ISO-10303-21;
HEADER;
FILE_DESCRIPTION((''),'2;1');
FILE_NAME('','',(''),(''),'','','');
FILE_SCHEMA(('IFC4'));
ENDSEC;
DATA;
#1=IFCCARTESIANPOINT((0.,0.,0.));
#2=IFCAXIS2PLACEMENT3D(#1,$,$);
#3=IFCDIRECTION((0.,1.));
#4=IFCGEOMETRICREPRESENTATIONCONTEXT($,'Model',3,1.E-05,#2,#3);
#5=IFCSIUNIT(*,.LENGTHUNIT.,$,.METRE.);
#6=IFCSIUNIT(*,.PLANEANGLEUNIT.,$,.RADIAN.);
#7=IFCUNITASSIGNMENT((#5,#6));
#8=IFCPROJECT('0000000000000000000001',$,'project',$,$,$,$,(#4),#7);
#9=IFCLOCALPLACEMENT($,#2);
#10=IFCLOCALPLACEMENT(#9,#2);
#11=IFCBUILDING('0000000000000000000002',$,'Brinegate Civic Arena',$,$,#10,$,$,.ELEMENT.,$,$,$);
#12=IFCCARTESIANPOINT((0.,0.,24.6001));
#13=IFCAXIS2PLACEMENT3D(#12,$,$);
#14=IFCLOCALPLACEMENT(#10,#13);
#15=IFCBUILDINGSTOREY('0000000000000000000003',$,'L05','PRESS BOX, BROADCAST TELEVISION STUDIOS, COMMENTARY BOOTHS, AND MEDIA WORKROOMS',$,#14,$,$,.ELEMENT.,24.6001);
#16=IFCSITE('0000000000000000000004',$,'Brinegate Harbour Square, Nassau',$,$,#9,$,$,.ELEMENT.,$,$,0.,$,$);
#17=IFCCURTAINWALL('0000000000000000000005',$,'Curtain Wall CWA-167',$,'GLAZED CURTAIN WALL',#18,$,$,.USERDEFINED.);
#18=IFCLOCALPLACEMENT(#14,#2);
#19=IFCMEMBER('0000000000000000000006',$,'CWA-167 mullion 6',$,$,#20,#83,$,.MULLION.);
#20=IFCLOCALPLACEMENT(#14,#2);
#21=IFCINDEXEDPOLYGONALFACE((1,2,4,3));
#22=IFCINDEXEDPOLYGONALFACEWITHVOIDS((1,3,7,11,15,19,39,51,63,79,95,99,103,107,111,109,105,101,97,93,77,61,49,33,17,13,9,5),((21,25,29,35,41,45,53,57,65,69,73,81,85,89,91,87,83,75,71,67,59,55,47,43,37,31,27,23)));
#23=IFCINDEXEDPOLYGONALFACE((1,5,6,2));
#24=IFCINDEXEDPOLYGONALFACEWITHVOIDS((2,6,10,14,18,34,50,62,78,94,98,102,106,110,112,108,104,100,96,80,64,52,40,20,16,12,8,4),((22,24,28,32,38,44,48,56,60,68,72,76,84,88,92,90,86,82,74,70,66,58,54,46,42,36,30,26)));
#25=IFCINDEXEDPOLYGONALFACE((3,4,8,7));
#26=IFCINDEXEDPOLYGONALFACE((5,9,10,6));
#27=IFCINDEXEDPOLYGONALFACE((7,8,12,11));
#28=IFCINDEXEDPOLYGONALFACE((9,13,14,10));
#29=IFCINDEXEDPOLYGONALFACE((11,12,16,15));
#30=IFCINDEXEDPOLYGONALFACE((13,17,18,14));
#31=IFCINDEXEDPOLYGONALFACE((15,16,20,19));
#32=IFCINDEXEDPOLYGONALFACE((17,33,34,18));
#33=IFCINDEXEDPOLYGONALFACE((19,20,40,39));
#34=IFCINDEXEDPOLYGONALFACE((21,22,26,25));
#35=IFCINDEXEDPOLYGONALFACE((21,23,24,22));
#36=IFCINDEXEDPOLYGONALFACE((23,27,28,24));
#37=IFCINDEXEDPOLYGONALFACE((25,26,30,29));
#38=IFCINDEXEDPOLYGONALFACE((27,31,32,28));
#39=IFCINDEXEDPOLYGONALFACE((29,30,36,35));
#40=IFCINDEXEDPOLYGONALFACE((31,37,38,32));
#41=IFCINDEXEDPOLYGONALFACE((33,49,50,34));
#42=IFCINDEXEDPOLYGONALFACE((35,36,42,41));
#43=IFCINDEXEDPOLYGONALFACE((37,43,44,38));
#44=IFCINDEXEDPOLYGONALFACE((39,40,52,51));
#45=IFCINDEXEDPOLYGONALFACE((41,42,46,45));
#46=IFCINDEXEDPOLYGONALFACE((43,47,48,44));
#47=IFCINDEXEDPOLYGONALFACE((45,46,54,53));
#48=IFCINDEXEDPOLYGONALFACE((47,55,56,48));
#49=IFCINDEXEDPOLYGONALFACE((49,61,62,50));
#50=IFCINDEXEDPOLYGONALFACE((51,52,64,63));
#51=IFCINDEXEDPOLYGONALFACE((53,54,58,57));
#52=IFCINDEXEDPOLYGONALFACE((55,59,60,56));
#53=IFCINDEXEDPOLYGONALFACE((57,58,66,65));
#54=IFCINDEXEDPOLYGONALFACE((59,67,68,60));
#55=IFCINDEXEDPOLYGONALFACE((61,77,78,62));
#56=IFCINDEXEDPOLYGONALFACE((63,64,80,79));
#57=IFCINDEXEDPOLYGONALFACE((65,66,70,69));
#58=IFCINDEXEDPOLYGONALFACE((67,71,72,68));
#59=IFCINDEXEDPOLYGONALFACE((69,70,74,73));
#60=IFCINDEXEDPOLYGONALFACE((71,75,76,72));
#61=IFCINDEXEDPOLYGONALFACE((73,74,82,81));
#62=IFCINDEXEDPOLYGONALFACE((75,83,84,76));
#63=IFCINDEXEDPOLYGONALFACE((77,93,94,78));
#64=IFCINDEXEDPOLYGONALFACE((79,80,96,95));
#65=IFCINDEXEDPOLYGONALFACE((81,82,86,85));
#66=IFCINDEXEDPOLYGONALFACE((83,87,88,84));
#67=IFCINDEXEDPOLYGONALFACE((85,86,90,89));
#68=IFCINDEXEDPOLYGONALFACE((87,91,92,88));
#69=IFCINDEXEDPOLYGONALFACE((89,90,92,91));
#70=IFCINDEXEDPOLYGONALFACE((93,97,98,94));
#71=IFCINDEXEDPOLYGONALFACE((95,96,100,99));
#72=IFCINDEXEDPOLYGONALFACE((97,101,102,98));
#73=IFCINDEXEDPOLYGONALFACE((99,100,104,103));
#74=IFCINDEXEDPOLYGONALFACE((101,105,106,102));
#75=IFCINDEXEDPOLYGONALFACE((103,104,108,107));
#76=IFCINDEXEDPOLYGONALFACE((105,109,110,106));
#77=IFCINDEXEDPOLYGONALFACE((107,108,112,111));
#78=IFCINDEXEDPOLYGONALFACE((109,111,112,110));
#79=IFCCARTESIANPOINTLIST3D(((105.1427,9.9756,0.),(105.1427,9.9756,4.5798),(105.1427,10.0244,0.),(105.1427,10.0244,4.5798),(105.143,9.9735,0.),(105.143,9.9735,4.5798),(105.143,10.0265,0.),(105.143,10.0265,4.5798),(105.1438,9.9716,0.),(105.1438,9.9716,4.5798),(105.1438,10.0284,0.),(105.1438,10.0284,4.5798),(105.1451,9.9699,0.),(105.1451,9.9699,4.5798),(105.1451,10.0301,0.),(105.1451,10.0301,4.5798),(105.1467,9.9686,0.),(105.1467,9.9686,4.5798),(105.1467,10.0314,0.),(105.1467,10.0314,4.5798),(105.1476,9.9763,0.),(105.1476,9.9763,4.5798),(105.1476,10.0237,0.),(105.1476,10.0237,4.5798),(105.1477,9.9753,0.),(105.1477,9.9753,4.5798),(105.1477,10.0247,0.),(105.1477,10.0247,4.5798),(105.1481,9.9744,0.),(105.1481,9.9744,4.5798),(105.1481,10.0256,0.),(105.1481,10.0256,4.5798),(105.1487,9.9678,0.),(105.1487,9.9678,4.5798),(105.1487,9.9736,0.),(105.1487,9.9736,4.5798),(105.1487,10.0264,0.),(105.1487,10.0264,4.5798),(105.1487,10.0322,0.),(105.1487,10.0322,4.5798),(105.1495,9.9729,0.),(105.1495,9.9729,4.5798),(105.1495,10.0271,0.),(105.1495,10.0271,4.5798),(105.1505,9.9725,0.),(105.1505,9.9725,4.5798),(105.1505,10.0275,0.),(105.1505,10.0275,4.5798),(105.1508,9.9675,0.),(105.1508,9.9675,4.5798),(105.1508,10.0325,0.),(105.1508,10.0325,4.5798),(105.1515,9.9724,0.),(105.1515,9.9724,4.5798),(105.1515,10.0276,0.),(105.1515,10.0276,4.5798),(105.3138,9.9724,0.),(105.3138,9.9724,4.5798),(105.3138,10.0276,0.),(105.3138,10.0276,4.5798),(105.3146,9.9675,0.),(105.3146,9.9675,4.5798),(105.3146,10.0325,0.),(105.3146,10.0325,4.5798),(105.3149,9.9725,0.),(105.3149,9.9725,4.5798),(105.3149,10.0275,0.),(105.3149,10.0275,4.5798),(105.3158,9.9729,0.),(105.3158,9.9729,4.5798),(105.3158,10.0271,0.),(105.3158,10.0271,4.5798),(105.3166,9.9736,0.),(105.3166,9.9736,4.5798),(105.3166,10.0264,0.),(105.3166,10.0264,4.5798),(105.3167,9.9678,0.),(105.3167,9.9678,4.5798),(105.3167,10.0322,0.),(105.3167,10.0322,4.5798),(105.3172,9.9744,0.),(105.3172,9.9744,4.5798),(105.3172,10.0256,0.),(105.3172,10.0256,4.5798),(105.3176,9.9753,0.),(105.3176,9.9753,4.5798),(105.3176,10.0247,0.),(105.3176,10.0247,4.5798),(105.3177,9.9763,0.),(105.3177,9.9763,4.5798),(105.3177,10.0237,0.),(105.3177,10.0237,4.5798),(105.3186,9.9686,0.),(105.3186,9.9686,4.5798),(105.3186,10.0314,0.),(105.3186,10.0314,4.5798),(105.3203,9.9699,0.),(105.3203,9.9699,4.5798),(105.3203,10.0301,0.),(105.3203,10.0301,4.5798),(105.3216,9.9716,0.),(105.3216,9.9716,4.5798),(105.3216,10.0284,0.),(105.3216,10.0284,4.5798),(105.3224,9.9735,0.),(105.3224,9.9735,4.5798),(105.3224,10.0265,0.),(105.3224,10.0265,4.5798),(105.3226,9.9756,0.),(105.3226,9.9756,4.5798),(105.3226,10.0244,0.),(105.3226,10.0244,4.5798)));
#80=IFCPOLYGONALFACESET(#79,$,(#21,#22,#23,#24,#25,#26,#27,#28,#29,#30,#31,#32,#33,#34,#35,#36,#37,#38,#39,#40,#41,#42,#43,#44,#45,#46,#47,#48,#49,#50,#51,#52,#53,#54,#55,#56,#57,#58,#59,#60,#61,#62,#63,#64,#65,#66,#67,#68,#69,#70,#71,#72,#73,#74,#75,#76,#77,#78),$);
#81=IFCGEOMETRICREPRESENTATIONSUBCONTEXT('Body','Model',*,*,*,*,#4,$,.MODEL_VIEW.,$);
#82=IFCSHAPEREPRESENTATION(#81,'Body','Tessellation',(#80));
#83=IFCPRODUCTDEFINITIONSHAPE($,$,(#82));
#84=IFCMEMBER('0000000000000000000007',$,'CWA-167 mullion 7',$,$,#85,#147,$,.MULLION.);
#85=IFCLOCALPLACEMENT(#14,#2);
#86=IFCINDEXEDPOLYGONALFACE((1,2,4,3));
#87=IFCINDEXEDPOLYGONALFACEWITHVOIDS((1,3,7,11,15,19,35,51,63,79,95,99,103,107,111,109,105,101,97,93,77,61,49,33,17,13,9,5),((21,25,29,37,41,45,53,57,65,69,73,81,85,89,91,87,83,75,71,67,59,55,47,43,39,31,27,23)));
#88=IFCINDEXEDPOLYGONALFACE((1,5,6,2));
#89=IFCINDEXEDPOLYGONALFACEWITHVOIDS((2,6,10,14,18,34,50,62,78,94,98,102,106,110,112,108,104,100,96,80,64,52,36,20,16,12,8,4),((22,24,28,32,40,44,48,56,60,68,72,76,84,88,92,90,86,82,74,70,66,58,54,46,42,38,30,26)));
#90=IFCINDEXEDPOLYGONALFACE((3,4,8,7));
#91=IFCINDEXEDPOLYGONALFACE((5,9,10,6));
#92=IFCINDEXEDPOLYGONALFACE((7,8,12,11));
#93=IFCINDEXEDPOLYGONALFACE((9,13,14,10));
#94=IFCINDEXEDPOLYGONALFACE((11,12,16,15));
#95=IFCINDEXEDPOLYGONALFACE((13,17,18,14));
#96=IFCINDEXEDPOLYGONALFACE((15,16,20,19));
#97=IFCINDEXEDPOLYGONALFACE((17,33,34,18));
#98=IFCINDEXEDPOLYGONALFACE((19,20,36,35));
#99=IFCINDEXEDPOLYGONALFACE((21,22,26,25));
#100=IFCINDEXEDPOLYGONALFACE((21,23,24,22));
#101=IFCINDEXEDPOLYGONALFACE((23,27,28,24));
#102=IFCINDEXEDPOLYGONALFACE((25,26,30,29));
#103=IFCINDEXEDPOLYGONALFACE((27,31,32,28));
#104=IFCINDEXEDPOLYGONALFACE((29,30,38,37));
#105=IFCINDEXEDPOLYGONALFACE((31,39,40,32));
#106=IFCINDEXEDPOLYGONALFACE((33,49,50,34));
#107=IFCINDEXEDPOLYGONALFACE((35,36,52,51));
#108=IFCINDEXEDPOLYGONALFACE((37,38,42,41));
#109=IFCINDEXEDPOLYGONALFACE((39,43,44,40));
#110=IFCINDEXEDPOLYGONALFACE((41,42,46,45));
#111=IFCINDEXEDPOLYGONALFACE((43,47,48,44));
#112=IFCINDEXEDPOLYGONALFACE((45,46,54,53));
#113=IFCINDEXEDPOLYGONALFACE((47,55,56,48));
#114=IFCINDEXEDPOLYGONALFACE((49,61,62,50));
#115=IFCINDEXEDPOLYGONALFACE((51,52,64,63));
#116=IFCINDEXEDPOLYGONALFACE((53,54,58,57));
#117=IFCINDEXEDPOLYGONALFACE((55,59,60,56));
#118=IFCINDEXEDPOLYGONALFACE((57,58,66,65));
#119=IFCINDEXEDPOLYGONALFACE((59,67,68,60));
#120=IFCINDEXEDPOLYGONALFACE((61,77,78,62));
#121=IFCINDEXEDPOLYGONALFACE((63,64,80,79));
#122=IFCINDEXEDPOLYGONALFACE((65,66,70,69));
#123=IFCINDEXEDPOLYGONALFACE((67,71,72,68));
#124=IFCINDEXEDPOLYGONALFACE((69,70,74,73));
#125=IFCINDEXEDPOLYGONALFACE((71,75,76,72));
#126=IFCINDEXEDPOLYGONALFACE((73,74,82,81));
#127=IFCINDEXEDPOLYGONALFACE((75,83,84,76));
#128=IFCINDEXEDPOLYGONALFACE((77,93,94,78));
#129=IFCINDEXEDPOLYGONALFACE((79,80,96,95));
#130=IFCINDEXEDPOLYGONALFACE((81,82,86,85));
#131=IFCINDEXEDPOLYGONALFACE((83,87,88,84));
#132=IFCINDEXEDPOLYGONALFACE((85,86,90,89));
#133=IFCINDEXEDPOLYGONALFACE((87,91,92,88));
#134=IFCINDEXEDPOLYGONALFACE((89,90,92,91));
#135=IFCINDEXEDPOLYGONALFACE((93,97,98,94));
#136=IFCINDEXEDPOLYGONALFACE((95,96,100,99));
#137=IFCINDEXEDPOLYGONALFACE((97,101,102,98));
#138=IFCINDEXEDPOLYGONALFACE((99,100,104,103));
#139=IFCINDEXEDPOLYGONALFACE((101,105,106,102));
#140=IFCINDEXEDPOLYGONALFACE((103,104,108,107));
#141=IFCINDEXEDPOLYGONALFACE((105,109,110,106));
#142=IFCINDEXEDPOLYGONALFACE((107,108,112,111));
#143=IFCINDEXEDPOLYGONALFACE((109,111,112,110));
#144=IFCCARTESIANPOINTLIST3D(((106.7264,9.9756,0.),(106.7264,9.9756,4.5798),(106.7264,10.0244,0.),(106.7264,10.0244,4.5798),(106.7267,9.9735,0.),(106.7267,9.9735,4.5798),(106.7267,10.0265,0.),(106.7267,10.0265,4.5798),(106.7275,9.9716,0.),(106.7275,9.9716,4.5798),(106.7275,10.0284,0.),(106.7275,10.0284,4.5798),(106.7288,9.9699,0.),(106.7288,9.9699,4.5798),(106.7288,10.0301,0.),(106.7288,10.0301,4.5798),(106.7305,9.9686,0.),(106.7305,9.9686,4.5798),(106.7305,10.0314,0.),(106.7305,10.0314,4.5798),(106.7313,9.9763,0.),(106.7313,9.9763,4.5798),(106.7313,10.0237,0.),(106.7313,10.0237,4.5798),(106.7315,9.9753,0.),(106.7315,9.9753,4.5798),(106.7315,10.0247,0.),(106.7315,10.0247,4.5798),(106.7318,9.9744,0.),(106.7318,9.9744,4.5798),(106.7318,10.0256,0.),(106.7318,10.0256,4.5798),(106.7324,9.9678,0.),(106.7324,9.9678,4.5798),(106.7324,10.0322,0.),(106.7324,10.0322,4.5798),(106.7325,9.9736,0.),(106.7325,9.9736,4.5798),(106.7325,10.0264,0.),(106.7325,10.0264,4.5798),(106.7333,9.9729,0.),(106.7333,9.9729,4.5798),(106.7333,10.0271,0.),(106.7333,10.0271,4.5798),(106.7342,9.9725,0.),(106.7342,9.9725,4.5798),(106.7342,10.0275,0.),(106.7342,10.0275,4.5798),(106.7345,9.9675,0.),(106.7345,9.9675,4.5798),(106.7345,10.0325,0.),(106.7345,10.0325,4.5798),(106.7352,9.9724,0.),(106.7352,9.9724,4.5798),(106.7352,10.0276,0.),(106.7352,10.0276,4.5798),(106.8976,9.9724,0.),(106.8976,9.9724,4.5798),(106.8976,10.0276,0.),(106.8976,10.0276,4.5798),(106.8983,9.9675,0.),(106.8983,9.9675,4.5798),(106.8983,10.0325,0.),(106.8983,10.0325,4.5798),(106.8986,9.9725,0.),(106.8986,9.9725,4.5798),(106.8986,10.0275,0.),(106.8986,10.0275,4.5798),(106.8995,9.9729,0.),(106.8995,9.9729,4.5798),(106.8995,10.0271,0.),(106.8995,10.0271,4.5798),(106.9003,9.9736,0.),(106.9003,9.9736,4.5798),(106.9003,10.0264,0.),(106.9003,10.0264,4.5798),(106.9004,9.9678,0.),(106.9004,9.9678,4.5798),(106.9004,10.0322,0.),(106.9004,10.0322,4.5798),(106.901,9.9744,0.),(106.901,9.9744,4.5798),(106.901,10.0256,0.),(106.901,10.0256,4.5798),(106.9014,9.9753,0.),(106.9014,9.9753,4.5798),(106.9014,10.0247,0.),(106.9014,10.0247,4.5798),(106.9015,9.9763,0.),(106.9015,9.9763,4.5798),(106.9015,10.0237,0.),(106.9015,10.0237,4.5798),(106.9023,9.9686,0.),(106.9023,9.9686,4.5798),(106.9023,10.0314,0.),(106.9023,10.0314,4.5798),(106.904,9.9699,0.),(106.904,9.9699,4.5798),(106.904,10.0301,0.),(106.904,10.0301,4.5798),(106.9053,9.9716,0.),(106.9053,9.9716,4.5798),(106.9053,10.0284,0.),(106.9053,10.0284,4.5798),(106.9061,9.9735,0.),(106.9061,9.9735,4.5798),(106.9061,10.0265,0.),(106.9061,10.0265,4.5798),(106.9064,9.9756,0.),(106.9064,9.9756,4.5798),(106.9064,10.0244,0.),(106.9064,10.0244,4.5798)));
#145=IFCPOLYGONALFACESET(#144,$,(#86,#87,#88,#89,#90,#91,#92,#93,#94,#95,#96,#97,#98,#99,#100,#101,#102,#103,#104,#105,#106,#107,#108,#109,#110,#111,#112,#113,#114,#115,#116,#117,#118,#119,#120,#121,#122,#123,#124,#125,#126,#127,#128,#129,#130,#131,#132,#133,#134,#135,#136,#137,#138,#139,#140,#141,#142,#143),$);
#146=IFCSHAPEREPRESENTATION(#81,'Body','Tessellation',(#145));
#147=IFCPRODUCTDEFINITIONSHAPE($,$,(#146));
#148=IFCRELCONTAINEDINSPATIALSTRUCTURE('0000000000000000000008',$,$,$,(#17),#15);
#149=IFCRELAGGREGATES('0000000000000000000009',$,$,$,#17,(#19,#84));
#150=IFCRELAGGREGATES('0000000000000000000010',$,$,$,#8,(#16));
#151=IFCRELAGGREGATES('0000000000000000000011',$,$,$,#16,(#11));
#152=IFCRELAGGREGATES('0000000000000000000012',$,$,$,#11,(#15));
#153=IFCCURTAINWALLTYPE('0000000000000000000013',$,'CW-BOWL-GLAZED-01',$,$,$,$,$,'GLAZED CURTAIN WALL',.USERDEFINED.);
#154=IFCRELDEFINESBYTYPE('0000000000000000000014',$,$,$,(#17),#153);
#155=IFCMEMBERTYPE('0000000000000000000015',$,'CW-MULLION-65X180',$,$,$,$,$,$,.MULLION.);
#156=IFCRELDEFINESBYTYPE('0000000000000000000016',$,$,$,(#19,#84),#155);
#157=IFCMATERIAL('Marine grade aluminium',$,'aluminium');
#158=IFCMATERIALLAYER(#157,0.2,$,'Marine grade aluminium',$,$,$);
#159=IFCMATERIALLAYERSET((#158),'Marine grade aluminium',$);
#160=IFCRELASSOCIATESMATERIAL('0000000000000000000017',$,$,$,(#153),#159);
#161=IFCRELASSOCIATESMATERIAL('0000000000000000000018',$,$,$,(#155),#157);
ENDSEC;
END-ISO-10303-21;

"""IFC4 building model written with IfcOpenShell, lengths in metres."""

from ifc_helpers import new_model, si_unit, direction, frame, origin, origin_2d, place, context, subcontext, project, spatial, hollow_rectangle, extrude, material, layer, layer_set, material_profile, profile_set, type_object, element, aggregate, save


model = new_model("IFC4")

# Units and contexts
model_context = context("Model", 3, precision=1e-05, world=origin(), true_north=direction((0.0, 1.0)))
body_context = subcontext(model_context, "Body", "Model", "MODEL_VIEW")
ifc_project = project(units=[si_unit("LENGTHUNIT", "METRE"), si_unit("PLANEANGLEUNIT", "RADIAN")], contexts=[model_context])

# Site, building, storey
site_placement = place(None, origin())
site = spatial("IfcSite", under=ifc_project, at=site_placement, Name="Brinegate Harbour Square, Nassau", CompositionType="ELEMENT", RefElevation=0.0)
building_placement = place(site_placement, origin())
building = spatial("IfcBuilding", under=site, at=building_placement, Name="Brinegate Civic Arena", CompositionType="ELEMENT")
storey_placement = place(building_placement, frame((0.0, 0.0, 24.6001)))
storey = spatial("IfcBuildingStorey", under=building, at=storey_placement, Name="L05", Description="PRESS BOX, BROADCAST TELEVISION STUDIOS, COMMENTARY BOOTHS, AND MEDIA WORKROOMS", CompositionType="ELEMENT", Elevation=24.6001)

# Curtain wall, members
ifc_material_1 = material(Name="Marine grade aluminium", Category="aluminium")
ifc_layer_1 = layer(ifc_material_1, 0.2, Name="Marine grade aluminium")
ifc_layer_set_1 = layer_set([ifc_layer_1], Name="Marine grade aluminium")
curtain_wall_type = type_object("IfcCurtainWallType", Name="CW-BOWL-GLAZED-01", ElementType="GLAZED CURTAIN WALL", PredefinedType="USERDEFINED", material=ifc_layer_set_1)
curtain_wall_placement = place(storey_placement, origin())
curtain_wall = element("IfcCurtainWall", 1, at=curtain_wall_placement, inside=storey, type_object=curtain_wall_type, Name="Curtain Wall CWA-167", ObjectType="GLAZED CURTAIN WALL", PredefinedType="USERDEFINED")
ifc_material_profile_1 = material_profile(ifc_material_1, hollow_rectangle(XDim=0.0649, YDim=0.1799, WallThickness=0.0049, InnerFilletRadius=0.0039, OuterFilletRadius=0.0081, at=origin_2d()), Name="MUL65X180")
ifc_profile_set_1 = profile_set([ifc_material_profile_1], Name="Marine grade aluminium")
member_type_1 = type_object("IfcMemberType", Name="CW-MULLION-65X180", PredefinedType="MULLION", material=ifc_profile_set_1)
member_1_placement = place(storey_placement, frame((105.2327, 10.0, 0.0), z_axis=(0.0, 0.0, 1.0), x_axis=(0.0, 1.0, 0.0)))
member_1 = element("IfcMember", 2, at=member_1_placement, type_object=member_type_1, Name="CWA-167 mullion 6", PredefinedType="MULLION", context=body_context, shape_type="SweptSolid", body=[
    extrude(hollow_rectangle(XDim=0.0649, YDim=0.1799, WallThickness=0.0049, InnerFilletRadius=0.0039, OuterFilletRadius=0.0081, at=origin_2d()), origin(), (0.0, 0.0, 1.0), 4.5798),
])
member_2_placement = place(storey_placement, frame((106.8164, 10.0, 0.0), z_axis=(0.0, 0.0, 1.0), x_axis=(0.0, 1.0, 0.0)))
member_2 = element("IfcMember", 3, at=member_2_placement, type_object=member_type_1, Name="CWA-167 mullion 7", PredefinedType="MULLION", context=body_context, shape_type="SweptSolid", body=[
    extrude(hollow_rectangle(XDim=0.0649, YDim=0.1799, WallThickness=0.0049, InnerFilletRadius=0.0039, OuterFilletRadius=0.0081, at=origin_2d()), origin(), (0.0, 0.0, 1.0), 4.5798),
])
aggregate(curtain_wall, [member_1, member_2])

save(model, "model.ifc")
